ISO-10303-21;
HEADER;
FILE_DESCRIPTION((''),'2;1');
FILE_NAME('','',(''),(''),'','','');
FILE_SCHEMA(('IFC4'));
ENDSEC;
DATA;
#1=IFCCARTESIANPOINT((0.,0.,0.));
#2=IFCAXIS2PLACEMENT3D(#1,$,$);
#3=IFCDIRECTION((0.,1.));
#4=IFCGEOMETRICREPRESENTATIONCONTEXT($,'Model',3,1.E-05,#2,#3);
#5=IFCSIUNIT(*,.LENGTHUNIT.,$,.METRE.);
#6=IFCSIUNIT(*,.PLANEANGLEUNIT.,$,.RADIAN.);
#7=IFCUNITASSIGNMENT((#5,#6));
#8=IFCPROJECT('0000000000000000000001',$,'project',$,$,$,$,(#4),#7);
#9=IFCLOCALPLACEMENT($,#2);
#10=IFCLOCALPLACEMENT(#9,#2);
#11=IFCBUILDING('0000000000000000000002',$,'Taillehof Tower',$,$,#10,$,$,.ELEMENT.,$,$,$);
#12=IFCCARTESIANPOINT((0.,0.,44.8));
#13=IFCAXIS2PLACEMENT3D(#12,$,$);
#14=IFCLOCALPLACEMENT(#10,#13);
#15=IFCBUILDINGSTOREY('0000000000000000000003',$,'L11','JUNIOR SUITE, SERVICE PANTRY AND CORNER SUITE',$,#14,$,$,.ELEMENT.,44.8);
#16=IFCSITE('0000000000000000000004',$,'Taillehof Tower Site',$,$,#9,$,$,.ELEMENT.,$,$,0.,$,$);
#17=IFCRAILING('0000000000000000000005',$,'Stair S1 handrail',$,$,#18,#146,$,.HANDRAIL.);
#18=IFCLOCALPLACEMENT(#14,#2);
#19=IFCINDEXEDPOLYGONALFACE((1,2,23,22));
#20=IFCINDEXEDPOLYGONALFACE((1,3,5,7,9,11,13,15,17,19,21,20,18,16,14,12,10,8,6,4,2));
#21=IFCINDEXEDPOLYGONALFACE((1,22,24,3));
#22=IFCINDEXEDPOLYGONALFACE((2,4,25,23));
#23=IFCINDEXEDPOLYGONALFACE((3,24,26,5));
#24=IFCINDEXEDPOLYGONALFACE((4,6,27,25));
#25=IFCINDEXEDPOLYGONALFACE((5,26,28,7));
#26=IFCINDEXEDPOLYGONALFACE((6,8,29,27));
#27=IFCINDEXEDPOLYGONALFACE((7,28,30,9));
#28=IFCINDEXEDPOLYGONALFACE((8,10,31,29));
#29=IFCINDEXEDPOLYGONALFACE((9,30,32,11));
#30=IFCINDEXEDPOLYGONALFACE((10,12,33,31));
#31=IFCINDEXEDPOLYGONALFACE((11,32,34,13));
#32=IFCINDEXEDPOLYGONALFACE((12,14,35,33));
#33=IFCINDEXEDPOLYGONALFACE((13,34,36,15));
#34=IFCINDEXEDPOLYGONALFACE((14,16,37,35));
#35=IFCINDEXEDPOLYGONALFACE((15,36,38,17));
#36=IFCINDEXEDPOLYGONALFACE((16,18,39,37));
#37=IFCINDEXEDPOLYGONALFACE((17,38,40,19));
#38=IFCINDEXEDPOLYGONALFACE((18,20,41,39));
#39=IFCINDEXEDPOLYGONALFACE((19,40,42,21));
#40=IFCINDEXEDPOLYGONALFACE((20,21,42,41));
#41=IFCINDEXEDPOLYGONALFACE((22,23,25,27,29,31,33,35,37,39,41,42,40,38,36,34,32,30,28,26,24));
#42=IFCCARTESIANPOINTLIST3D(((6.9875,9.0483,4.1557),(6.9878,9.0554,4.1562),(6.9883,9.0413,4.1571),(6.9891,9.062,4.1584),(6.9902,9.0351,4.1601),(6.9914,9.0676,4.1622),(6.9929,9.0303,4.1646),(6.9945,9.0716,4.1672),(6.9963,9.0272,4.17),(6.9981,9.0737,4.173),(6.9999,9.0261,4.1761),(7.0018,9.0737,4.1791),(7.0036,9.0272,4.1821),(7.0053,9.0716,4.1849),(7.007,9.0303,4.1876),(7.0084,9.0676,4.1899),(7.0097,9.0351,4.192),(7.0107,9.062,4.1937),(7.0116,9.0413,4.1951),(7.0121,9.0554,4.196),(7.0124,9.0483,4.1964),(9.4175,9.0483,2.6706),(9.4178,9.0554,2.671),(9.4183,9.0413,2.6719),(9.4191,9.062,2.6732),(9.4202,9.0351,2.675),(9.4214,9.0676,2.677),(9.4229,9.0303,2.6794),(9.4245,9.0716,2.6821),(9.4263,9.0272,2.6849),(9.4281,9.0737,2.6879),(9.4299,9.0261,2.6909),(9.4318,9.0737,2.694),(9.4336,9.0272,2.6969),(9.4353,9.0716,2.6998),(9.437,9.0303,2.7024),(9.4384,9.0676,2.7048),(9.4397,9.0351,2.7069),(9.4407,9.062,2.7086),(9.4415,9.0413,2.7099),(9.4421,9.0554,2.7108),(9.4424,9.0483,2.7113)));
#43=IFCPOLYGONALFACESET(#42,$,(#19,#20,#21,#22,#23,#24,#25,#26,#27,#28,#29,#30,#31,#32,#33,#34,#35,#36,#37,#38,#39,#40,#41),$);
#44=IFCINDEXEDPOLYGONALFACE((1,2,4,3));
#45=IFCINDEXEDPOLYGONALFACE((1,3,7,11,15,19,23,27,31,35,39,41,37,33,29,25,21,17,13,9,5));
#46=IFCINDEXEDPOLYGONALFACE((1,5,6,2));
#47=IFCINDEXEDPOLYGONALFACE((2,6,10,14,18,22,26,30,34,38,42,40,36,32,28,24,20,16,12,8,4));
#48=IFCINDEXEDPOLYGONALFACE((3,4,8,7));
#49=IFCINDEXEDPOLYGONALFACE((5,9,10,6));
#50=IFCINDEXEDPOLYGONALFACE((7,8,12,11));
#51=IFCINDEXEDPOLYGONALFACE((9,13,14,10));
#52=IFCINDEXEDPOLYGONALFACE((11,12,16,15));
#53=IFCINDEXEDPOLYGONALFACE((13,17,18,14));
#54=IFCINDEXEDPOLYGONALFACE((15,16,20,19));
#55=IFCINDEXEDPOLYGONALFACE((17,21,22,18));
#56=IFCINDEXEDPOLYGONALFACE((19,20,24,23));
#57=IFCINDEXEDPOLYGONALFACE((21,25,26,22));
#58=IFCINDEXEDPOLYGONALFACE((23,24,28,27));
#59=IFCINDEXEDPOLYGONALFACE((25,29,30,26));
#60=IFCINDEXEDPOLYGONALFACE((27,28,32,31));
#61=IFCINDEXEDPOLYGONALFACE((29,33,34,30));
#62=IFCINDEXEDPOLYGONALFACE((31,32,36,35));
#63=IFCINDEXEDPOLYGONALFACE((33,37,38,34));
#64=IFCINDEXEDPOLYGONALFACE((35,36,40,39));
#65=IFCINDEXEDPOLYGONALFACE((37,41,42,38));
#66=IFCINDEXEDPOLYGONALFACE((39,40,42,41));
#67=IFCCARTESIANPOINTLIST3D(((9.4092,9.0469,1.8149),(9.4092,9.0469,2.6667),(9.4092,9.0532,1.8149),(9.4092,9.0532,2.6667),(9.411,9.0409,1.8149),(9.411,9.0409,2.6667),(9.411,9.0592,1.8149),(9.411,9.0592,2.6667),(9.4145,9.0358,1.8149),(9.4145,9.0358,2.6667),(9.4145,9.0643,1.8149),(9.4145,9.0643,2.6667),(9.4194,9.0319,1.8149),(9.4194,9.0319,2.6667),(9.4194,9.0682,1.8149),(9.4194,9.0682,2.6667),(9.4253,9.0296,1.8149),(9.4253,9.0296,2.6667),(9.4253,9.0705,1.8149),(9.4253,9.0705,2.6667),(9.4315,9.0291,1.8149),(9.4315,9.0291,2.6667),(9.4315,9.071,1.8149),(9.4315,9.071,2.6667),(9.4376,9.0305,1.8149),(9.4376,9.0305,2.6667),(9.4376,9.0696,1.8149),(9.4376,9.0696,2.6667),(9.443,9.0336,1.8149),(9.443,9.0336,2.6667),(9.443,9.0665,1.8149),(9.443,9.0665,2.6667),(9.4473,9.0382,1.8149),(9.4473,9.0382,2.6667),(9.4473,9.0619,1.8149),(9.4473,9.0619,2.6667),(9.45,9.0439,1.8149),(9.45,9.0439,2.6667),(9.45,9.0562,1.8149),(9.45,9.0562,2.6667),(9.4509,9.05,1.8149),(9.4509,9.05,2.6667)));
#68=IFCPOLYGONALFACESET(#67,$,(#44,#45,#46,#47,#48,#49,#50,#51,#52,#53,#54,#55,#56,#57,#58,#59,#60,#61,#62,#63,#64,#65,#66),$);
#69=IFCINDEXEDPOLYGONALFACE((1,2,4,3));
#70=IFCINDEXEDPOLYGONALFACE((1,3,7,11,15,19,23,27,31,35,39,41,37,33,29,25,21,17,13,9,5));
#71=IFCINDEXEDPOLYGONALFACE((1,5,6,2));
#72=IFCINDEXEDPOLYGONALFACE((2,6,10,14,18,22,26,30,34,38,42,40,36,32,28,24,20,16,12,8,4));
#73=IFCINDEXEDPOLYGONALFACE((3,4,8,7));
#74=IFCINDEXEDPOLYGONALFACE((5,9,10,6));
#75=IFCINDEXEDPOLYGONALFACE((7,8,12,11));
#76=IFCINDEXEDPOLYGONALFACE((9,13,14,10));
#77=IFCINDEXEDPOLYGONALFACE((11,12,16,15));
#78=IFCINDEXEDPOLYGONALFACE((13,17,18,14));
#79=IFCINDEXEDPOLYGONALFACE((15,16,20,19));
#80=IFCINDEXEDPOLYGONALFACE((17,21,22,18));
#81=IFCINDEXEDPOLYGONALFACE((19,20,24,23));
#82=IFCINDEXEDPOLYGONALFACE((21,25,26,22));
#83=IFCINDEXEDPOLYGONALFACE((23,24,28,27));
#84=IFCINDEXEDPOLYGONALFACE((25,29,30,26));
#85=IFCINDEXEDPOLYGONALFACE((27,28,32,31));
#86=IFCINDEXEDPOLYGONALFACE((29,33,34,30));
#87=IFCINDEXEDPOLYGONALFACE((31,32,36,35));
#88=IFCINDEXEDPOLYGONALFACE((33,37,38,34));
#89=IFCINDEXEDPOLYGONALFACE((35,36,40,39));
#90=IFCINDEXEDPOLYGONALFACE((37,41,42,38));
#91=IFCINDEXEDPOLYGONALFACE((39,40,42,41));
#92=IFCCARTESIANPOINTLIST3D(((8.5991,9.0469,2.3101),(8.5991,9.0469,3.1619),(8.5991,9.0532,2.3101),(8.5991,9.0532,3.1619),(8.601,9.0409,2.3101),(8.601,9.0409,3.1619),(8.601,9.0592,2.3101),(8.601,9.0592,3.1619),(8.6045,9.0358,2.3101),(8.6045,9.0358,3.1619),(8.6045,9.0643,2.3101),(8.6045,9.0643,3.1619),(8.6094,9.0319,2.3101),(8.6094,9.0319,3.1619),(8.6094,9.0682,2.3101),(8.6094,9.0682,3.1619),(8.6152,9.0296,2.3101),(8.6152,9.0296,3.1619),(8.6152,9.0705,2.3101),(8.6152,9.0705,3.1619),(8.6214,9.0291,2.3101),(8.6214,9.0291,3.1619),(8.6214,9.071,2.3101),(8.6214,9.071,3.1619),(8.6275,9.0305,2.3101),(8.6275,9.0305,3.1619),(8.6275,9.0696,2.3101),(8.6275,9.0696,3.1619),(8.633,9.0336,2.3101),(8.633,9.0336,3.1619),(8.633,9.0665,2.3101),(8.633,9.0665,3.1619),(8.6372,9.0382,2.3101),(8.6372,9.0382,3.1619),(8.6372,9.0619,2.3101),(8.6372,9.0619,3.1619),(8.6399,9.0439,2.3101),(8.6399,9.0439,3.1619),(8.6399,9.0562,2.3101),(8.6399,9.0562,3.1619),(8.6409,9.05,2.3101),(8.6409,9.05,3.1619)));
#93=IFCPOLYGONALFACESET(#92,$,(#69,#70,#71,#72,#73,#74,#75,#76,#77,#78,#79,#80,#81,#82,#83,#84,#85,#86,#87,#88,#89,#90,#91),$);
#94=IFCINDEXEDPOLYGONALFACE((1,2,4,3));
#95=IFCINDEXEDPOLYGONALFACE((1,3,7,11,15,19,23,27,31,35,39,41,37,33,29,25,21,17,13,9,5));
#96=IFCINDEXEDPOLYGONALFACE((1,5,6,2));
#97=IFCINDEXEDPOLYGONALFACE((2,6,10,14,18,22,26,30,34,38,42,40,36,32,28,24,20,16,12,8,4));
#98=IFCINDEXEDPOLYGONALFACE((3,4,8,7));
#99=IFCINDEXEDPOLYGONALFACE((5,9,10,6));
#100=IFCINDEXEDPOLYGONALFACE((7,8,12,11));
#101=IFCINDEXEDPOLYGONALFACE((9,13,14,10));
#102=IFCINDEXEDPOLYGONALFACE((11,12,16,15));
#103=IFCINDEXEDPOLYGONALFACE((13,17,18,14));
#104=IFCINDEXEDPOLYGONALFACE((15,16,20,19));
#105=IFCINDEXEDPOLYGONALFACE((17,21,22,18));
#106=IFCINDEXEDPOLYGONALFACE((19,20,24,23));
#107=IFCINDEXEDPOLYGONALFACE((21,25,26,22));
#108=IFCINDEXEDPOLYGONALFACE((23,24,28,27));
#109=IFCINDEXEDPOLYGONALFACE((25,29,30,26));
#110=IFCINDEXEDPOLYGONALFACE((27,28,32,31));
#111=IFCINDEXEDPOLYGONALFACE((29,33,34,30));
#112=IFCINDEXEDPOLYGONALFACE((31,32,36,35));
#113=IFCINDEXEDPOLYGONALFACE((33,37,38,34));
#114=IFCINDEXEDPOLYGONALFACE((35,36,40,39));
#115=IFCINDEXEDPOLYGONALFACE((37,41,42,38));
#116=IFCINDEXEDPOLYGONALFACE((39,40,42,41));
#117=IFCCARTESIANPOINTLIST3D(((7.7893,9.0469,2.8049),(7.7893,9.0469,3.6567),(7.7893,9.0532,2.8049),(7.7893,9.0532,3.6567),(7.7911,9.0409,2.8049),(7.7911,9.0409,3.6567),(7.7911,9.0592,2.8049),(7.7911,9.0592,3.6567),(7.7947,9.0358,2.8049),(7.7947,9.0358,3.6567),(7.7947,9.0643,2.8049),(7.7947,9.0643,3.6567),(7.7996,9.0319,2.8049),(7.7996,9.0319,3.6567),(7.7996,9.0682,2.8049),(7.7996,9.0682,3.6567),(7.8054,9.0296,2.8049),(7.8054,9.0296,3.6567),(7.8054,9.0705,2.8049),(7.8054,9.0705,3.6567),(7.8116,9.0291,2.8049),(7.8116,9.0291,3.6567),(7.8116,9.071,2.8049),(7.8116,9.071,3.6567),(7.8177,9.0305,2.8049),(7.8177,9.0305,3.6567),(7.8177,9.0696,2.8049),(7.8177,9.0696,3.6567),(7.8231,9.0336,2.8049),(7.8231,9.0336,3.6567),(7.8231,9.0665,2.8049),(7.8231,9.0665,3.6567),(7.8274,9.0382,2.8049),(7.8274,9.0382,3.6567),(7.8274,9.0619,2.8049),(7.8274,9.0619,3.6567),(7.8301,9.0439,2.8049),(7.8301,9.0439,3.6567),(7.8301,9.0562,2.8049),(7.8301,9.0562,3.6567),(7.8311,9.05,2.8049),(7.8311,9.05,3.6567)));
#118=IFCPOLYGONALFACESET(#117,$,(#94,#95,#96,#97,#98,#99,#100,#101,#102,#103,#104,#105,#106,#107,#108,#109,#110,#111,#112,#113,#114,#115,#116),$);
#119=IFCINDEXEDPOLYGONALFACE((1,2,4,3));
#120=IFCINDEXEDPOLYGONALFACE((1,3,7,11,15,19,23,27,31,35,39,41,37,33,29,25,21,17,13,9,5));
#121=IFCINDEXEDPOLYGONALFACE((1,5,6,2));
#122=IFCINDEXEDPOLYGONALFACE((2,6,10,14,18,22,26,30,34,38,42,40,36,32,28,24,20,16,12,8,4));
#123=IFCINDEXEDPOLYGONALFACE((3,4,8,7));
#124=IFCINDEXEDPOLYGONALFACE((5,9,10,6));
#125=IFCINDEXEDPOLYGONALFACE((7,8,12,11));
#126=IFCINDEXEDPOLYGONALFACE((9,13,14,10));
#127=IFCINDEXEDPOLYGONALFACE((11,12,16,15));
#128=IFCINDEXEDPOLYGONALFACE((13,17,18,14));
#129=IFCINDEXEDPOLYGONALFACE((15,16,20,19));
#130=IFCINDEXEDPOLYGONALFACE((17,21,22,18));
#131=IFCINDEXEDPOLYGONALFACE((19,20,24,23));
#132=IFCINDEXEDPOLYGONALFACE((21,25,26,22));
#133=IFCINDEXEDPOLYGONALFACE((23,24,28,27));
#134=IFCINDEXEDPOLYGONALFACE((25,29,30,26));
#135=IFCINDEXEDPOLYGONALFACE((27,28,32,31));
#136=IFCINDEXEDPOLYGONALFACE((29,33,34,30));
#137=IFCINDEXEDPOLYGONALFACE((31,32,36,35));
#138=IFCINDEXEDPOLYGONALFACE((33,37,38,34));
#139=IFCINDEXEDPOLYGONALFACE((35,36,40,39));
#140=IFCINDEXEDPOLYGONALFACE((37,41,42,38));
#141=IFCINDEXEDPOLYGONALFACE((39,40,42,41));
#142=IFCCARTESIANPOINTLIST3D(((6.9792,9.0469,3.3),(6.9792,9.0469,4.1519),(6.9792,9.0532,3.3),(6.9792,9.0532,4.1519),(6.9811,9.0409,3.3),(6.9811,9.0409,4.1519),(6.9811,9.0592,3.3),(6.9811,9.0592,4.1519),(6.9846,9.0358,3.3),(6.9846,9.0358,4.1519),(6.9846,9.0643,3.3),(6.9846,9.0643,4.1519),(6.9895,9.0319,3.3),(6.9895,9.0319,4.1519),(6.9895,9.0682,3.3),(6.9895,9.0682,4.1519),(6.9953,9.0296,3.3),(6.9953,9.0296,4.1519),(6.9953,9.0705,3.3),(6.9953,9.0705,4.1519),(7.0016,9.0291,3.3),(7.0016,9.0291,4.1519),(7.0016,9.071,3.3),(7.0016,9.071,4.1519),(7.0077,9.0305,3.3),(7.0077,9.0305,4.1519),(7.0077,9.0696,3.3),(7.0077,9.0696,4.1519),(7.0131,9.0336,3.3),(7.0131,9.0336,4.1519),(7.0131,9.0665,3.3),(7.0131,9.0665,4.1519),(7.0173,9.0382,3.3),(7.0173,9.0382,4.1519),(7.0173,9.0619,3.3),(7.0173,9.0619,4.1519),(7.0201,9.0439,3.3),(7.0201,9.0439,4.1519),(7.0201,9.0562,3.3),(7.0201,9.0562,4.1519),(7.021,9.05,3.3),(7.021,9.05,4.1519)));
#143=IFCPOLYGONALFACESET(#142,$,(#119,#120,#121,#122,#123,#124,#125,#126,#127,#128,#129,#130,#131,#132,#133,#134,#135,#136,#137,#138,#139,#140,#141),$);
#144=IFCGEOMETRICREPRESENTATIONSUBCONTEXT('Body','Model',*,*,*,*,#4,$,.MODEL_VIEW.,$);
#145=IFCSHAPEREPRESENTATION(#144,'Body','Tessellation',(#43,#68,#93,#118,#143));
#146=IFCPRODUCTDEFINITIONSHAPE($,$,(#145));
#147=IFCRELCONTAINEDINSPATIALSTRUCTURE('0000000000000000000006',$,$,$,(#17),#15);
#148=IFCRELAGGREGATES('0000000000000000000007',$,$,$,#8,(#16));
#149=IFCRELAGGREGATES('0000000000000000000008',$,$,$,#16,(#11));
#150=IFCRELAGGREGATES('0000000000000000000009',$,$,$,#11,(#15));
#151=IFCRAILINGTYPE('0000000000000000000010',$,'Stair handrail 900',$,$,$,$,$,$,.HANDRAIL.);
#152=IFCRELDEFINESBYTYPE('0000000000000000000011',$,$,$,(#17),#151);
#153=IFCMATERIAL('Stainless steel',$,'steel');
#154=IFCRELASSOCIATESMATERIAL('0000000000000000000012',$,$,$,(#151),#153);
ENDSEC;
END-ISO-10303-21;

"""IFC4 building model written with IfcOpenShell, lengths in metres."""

from ifc_helpers import new_model, si_unit, direction, frame, origin, origin_2d, place, context, subcontext, project, spatial, circle, extrude, material, type_object, element, save


model = new_model("IFC4")

# Units and contexts
model_context = context("Model", 3, precision=1e-05, world=origin(), true_north=direction((0.0, 1.0)))
body_context = subcontext(model_context, "Body", "Model", "MODEL_VIEW")
ifc_project = project(units=[si_unit("LENGTHUNIT", "METRE"), si_unit("PLANEANGLEUNIT", "RADIAN")], contexts=[model_context])

# Site, building, storey
site_placement = place(None, origin())
site = spatial("IfcSite", under=ifc_project, at=site_placement, Name="Taillehof Tower Site", CompositionType="ELEMENT", RefElevation=0.0)
building_placement = place(site_placement, origin())
building = spatial("IfcBuilding", under=site, at=building_placement, Name="Taillehof Tower", CompositionType="ELEMENT")
storey_placement = place(building_placement, frame((0.0, 0.0, 44.8)))
storey = spatial("IfcBuildingStorey", under=building, at=storey_placement, Name="L11", Description="JUNIOR SUITE, SERVICE PANTRY AND CORNER SUITE", CompositionType="ELEMENT", Elevation=44.8)

# Railing
ifc_material_1 = material(Name="Stainless steel", Category="steel")
railing_type = type_object("IfcRailingType", Name="Stair handrail 900", PredefinedType="HANDRAIL", material=ifc_material_1)
railing_1_placement = place(storey_placement, frame((9.4299, 9.05, 1.8149)))
element("IfcRailing", 1, at=railing_1_placement, inside=storey, type_object=railing_type, Name="Stair S1 handrail", PredefinedType="HANDRAIL", context=body_context, shape_type="SweptSolid", body=[
    extrude(circle(Radius=0.0239, at=origin_2d()), frame((0.0, 0.0, 0.876), z_axis=(-0.853259, 0.0, 0.521488), x_axis=(0.0, -1.0, 0.0)), (0.0, 0.0, 1.0), 2.8479),
    extrude(circle(Radius=0.021, at=origin_2d()), origin(), (0.0, 0.0, 1.0), 0.8518),
    extrude(circle(Radius=0.021, at=origin_2d()), frame((-0.8101, 0.0, 0.4951)), (0.0, 0.0, 1.0), 0.8518),
    extrude(circle(Radius=0.021, at=origin_2d()), frame((-1.6199, 0.0, 0.99)), (0.0, 0.0, 1.0), 0.8518),
    extrude(circle(Radius=0.021, at=origin_2d()), frame((-2.4299, 0.0, 1.4851)), (0.0, 0.0, 1.0), 0.8518),
])

save(model, "model.ifc")
